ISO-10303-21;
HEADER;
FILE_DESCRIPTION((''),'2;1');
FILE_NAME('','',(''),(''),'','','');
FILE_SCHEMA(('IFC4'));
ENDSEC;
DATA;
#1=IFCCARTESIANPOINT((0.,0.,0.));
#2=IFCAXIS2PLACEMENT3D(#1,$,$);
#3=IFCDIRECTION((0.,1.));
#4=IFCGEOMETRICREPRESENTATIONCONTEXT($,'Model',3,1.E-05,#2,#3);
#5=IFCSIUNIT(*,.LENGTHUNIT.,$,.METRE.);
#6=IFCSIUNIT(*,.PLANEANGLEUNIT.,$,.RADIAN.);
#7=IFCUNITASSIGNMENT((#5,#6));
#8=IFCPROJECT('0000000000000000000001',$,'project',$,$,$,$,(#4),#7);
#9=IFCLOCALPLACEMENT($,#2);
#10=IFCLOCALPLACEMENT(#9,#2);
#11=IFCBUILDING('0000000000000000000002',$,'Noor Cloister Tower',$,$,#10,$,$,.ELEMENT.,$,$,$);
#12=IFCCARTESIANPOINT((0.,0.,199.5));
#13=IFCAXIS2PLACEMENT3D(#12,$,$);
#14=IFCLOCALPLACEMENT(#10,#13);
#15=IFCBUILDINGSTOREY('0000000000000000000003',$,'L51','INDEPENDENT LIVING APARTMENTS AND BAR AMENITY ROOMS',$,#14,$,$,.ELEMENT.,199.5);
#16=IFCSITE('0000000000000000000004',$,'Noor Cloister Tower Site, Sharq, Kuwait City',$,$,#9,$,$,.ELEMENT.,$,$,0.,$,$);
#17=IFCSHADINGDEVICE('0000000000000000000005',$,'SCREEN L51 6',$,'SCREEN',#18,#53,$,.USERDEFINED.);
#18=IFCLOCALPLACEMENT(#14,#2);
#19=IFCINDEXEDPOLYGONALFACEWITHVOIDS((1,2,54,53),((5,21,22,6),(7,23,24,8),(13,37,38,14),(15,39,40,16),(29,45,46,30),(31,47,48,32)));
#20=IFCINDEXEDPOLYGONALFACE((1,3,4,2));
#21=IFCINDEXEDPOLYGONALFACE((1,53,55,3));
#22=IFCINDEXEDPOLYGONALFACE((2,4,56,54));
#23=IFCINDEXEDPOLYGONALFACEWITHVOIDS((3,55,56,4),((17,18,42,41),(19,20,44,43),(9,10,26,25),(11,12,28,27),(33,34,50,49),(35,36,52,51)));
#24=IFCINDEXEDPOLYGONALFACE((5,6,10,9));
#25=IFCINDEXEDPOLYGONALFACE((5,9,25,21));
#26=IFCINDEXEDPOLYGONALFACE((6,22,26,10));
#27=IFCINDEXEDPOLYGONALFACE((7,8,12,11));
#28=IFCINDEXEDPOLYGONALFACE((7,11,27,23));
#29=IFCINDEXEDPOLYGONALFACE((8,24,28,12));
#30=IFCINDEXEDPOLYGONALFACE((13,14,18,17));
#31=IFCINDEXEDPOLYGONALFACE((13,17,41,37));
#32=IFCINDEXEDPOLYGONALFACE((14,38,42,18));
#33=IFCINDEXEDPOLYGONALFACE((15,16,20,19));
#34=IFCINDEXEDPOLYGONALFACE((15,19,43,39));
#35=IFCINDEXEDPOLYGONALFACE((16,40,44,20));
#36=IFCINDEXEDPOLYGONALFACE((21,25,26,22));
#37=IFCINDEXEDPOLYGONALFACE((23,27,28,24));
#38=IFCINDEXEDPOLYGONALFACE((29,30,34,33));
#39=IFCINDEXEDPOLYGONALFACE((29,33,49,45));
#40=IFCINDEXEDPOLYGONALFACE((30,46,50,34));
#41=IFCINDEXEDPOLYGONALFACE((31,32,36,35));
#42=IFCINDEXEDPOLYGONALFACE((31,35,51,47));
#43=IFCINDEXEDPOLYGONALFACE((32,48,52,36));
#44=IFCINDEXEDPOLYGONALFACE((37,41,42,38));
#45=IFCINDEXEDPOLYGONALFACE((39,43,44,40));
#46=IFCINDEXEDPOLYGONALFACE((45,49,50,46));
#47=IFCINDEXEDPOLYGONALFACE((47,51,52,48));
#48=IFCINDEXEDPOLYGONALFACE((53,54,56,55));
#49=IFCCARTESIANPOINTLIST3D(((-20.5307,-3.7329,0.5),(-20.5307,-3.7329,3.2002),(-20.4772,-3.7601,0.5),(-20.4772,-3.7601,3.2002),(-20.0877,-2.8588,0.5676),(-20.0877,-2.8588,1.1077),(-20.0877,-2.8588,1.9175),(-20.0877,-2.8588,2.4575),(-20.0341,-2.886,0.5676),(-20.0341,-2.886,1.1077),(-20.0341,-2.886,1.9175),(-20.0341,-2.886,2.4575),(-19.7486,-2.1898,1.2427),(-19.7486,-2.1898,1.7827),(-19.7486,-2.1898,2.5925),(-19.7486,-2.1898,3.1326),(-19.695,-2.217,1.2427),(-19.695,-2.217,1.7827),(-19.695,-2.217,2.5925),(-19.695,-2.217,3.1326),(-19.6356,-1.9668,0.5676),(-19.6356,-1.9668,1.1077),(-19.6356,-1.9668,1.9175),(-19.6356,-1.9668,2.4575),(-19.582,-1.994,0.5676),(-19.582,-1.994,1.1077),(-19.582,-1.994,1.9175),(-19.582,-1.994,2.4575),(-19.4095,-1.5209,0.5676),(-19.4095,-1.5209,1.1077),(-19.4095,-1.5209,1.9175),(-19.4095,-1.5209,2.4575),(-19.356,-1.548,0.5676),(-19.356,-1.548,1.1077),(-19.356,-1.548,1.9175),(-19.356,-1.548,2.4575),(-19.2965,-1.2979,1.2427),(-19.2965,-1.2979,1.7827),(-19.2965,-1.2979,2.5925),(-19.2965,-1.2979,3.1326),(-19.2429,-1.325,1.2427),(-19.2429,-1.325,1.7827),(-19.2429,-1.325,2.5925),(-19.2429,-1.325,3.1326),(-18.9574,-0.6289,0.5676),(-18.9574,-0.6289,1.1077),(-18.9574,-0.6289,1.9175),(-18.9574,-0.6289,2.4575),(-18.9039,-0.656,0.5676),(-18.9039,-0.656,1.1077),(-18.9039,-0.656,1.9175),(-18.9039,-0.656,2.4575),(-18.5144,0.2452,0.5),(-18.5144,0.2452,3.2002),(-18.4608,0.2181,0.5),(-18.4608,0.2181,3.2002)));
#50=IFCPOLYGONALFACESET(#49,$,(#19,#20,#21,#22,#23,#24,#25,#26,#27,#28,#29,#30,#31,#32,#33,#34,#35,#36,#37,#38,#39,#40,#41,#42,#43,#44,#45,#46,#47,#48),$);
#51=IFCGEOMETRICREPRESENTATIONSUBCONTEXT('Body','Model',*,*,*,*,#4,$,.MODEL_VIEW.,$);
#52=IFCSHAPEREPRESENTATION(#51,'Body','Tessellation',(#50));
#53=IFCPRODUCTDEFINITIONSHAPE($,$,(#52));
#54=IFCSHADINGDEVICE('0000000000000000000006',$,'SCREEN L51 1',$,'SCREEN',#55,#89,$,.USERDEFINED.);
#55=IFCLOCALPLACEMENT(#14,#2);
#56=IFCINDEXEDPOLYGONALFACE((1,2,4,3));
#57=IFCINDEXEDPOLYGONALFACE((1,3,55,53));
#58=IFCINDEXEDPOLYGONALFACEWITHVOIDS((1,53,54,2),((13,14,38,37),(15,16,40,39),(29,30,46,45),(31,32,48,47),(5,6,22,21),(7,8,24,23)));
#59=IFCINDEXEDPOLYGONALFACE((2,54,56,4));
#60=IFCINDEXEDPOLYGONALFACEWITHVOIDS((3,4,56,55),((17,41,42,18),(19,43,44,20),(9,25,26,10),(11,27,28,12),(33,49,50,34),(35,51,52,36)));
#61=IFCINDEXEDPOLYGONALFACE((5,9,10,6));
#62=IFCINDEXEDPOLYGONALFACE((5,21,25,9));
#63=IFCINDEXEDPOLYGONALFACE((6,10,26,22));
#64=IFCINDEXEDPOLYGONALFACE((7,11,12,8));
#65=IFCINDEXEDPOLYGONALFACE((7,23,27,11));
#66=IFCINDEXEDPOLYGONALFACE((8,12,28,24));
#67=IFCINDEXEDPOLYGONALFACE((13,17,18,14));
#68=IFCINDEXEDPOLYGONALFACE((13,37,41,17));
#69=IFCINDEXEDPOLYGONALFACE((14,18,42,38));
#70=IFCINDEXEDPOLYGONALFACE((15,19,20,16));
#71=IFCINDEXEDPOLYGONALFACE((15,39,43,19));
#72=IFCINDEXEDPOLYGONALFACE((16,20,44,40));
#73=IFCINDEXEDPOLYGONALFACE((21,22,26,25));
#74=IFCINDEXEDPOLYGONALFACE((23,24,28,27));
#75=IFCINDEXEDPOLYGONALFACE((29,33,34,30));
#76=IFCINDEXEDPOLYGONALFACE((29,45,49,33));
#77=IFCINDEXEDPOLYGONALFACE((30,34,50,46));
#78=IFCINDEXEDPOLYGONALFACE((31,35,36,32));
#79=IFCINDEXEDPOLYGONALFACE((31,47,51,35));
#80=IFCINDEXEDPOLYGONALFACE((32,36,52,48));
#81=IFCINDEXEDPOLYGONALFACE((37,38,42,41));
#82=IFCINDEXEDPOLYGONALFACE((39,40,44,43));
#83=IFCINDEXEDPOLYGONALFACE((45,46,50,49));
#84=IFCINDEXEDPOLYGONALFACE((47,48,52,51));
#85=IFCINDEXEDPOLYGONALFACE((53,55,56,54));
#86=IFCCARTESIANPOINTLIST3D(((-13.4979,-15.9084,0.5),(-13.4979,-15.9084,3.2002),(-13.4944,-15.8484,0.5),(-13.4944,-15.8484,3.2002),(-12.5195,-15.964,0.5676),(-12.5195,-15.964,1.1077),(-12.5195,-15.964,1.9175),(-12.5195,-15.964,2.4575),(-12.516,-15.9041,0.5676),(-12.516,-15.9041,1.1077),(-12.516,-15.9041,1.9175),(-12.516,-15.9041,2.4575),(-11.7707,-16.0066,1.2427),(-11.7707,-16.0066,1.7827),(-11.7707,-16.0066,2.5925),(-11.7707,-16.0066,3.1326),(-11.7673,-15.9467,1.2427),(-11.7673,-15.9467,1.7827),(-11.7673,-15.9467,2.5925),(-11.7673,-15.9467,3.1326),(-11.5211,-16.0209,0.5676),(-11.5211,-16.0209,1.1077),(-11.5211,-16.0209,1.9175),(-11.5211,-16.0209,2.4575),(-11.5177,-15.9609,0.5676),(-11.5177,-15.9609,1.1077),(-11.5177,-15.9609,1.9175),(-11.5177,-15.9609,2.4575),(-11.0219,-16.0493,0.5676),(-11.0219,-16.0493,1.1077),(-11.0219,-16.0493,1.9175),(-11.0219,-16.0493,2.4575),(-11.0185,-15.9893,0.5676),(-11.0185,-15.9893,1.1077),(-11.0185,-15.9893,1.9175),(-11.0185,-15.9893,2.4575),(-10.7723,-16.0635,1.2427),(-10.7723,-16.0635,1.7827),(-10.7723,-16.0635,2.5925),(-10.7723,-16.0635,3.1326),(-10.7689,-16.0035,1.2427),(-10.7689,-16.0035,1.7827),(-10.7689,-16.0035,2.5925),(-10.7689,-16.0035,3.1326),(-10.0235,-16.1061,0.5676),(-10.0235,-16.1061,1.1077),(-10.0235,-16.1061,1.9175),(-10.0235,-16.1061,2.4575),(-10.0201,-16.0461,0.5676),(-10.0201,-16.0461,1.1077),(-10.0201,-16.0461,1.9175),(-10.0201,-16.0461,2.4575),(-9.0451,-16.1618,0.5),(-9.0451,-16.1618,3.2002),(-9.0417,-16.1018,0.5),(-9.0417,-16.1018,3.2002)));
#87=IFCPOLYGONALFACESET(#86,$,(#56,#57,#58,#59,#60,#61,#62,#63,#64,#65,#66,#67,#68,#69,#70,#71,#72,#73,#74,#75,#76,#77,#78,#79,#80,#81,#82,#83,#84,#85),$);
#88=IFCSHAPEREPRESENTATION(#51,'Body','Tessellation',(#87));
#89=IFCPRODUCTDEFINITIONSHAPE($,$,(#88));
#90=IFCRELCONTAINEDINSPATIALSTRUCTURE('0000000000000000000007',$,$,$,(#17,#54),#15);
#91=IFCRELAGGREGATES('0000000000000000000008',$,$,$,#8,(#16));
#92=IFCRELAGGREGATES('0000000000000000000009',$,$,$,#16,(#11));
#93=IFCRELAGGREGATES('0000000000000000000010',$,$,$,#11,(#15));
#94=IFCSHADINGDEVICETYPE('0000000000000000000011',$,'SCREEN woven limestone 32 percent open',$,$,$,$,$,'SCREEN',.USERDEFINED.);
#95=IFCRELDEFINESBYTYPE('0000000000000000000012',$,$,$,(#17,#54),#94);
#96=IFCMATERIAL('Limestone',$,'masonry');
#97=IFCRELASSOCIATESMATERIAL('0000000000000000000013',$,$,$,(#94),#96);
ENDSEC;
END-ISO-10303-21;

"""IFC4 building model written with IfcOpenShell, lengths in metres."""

from ifc_helpers import new_model, si_unit, direction, frame, origin, place, context, subcontext, project, spatial, polyline, outline, extrude, material, material_profile, profile_set, type_object, element, save


model = new_model("IFC4")

# Units and contexts
model_context = context("Model", 3, precision=1e-05, world=origin(), true_north=direction((0.0, 1.0)))
body_context = subcontext(model_context, "Body", "Model", "MODEL_VIEW")
ifc_project = project(units=[si_unit("LENGTHUNIT", "METRE"), si_unit("PLANEANGLEUNIT", "RADIAN")], contexts=[model_context])

# Site, building, storey
site_placement = place(None, origin())
site = spatial("IfcSite", under=ifc_project, at=site_placement, Name="Noor Cloister Tower Site, Sharq, Kuwait City", CompositionType="ELEMENT", RefElevation=0.0)
building_placement = place(site_placement, origin())
building = spatial("IfcBuilding", under=site, at=building_placement, Name="Noor Cloister Tower", CompositionType="ELEMENT")
storey_placement = place(building_placement, frame((0.0, 0.0, 199.5)))
storey = spatial("IfcBuildingStorey", under=building, at=storey_placement, Name="L51", Description="INDEPENDENT LIVING APARTMENTS AND BAR AMENITY ROOMS", CompositionType="ELEMENT", Elevation=199.5)

# Shading devices
ifc_material_1 = material(Name="Limestone", Category="masonry")
ifc_material_profile_1 = material_profile(ifc_material_1, outline(polyline([(-2.23, -1.3501), (2.23, -1.3501), (2.23, 1.3501), (-2.23, 1.3501), (-2.23, -1.3501)]), holes=[polyline([(-1.25, -1.2825), (-0.25, -1.2825), (-0.25, -0.7424), (-1.25, -0.7424), (-1.25, -1.2825)]), polyline([(0.25, -1.2825), (1.25, -1.2825), (1.25, -0.7424), (0.25, -0.7424), (0.25, -1.2825)]), polyline([(-0.5, -0.6074), (0.5, -0.6074), (0.5, -0.0674), (-0.5, -0.0674), (-0.5, -0.6074)]), polyline([(-1.25, 0.0674), (-0.25, 0.0674), (-0.25, 0.6074), (-1.25, 0.6074), (-1.25, 0.0674)]), polyline([(0.25, 0.0674), (1.25, 0.0674), (1.25, 0.6074), (0.25, 0.6074), (0.25, 0.0674)]), polyline([(-0.5, 0.7424), (0.5, 0.7424), (0.5, 1.2825), (-0.5, 1.2825), (-0.5, 0.7424)])]), Name="Woven screen 32 percent open")
ifc_profile_set_1 = profile_set([ifc_material_profile_1], Name="Limestone")
shading_device_type = type_object("IfcShadingDeviceType", Name="SCREEN woven limestone 32 percent open", ElementType="SCREEN", PredefinedType="USERDEFINED", material=ifc_profile_set_1)
for number, where, z_axis, x_axis, name in (
    (1, (-19.469, -1.771, 1.8501), (-0.89197, 0.452094, 0.0), (-0.452094, -0.89197, 0.0), "SCREEN L51 6"),
    (2, (-11.2681, -15.9751, 1.8501), (-0.056819, -0.998385, 0.0), (0.998385, -0.056819, 0.0), "SCREEN L51 1"),
):
    element("IfcShadingDevice", number, at=place(storey_placement, frame(where, z_axis=z_axis, x_axis=x_axis)), inside=storey, type_object=shading_device_type, Name=name, ObjectType="SCREEN", PredefinedType="USERDEFINED", context=body_context, shape_type="SweptSolid", body=[
        extrude(outline(polyline([(-2.23, -1.3501), (2.23, -1.3501), (2.23, 1.3501), (-2.23, 1.3501), (-2.23, -1.3501)]), holes=[polyline([(-1.25, -1.2825), (-0.25, -1.2825), (-0.25, -0.7424), (-1.25, -0.7424), (-1.25, -1.2825)]), polyline([(0.25, -1.2825), (1.25, -1.2825), (1.25, -0.7424), (0.25, -0.7424), (0.25, -1.2825)]), polyline([(-0.5, -0.6074), (0.5, -0.6074), (0.5, -0.0674), (-0.5, -0.0674), (-0.5, -0.6074)]), polyline([(-1.25, 0.0674), (-0.25, 0.0674), (-0.25, 0.6074), (-1.25, 0.6074), (-1.25, 0.0674)]), polyline([(0.25, 0.0674), (1.25, 0.0674), (1.25, 0.6074), (0.25, 0.6074), (0.25, 0.0674)]), polyline([(-0.5, 0.7424), (0.5, 0.7424), (0.5, 1.2825), (-0.5, 1.2825), (-0.5, 0.7424)])]), origin(), (0.0, 0.0, 1.0), 0.0601),
    ])

save(model, "model.ifc")
